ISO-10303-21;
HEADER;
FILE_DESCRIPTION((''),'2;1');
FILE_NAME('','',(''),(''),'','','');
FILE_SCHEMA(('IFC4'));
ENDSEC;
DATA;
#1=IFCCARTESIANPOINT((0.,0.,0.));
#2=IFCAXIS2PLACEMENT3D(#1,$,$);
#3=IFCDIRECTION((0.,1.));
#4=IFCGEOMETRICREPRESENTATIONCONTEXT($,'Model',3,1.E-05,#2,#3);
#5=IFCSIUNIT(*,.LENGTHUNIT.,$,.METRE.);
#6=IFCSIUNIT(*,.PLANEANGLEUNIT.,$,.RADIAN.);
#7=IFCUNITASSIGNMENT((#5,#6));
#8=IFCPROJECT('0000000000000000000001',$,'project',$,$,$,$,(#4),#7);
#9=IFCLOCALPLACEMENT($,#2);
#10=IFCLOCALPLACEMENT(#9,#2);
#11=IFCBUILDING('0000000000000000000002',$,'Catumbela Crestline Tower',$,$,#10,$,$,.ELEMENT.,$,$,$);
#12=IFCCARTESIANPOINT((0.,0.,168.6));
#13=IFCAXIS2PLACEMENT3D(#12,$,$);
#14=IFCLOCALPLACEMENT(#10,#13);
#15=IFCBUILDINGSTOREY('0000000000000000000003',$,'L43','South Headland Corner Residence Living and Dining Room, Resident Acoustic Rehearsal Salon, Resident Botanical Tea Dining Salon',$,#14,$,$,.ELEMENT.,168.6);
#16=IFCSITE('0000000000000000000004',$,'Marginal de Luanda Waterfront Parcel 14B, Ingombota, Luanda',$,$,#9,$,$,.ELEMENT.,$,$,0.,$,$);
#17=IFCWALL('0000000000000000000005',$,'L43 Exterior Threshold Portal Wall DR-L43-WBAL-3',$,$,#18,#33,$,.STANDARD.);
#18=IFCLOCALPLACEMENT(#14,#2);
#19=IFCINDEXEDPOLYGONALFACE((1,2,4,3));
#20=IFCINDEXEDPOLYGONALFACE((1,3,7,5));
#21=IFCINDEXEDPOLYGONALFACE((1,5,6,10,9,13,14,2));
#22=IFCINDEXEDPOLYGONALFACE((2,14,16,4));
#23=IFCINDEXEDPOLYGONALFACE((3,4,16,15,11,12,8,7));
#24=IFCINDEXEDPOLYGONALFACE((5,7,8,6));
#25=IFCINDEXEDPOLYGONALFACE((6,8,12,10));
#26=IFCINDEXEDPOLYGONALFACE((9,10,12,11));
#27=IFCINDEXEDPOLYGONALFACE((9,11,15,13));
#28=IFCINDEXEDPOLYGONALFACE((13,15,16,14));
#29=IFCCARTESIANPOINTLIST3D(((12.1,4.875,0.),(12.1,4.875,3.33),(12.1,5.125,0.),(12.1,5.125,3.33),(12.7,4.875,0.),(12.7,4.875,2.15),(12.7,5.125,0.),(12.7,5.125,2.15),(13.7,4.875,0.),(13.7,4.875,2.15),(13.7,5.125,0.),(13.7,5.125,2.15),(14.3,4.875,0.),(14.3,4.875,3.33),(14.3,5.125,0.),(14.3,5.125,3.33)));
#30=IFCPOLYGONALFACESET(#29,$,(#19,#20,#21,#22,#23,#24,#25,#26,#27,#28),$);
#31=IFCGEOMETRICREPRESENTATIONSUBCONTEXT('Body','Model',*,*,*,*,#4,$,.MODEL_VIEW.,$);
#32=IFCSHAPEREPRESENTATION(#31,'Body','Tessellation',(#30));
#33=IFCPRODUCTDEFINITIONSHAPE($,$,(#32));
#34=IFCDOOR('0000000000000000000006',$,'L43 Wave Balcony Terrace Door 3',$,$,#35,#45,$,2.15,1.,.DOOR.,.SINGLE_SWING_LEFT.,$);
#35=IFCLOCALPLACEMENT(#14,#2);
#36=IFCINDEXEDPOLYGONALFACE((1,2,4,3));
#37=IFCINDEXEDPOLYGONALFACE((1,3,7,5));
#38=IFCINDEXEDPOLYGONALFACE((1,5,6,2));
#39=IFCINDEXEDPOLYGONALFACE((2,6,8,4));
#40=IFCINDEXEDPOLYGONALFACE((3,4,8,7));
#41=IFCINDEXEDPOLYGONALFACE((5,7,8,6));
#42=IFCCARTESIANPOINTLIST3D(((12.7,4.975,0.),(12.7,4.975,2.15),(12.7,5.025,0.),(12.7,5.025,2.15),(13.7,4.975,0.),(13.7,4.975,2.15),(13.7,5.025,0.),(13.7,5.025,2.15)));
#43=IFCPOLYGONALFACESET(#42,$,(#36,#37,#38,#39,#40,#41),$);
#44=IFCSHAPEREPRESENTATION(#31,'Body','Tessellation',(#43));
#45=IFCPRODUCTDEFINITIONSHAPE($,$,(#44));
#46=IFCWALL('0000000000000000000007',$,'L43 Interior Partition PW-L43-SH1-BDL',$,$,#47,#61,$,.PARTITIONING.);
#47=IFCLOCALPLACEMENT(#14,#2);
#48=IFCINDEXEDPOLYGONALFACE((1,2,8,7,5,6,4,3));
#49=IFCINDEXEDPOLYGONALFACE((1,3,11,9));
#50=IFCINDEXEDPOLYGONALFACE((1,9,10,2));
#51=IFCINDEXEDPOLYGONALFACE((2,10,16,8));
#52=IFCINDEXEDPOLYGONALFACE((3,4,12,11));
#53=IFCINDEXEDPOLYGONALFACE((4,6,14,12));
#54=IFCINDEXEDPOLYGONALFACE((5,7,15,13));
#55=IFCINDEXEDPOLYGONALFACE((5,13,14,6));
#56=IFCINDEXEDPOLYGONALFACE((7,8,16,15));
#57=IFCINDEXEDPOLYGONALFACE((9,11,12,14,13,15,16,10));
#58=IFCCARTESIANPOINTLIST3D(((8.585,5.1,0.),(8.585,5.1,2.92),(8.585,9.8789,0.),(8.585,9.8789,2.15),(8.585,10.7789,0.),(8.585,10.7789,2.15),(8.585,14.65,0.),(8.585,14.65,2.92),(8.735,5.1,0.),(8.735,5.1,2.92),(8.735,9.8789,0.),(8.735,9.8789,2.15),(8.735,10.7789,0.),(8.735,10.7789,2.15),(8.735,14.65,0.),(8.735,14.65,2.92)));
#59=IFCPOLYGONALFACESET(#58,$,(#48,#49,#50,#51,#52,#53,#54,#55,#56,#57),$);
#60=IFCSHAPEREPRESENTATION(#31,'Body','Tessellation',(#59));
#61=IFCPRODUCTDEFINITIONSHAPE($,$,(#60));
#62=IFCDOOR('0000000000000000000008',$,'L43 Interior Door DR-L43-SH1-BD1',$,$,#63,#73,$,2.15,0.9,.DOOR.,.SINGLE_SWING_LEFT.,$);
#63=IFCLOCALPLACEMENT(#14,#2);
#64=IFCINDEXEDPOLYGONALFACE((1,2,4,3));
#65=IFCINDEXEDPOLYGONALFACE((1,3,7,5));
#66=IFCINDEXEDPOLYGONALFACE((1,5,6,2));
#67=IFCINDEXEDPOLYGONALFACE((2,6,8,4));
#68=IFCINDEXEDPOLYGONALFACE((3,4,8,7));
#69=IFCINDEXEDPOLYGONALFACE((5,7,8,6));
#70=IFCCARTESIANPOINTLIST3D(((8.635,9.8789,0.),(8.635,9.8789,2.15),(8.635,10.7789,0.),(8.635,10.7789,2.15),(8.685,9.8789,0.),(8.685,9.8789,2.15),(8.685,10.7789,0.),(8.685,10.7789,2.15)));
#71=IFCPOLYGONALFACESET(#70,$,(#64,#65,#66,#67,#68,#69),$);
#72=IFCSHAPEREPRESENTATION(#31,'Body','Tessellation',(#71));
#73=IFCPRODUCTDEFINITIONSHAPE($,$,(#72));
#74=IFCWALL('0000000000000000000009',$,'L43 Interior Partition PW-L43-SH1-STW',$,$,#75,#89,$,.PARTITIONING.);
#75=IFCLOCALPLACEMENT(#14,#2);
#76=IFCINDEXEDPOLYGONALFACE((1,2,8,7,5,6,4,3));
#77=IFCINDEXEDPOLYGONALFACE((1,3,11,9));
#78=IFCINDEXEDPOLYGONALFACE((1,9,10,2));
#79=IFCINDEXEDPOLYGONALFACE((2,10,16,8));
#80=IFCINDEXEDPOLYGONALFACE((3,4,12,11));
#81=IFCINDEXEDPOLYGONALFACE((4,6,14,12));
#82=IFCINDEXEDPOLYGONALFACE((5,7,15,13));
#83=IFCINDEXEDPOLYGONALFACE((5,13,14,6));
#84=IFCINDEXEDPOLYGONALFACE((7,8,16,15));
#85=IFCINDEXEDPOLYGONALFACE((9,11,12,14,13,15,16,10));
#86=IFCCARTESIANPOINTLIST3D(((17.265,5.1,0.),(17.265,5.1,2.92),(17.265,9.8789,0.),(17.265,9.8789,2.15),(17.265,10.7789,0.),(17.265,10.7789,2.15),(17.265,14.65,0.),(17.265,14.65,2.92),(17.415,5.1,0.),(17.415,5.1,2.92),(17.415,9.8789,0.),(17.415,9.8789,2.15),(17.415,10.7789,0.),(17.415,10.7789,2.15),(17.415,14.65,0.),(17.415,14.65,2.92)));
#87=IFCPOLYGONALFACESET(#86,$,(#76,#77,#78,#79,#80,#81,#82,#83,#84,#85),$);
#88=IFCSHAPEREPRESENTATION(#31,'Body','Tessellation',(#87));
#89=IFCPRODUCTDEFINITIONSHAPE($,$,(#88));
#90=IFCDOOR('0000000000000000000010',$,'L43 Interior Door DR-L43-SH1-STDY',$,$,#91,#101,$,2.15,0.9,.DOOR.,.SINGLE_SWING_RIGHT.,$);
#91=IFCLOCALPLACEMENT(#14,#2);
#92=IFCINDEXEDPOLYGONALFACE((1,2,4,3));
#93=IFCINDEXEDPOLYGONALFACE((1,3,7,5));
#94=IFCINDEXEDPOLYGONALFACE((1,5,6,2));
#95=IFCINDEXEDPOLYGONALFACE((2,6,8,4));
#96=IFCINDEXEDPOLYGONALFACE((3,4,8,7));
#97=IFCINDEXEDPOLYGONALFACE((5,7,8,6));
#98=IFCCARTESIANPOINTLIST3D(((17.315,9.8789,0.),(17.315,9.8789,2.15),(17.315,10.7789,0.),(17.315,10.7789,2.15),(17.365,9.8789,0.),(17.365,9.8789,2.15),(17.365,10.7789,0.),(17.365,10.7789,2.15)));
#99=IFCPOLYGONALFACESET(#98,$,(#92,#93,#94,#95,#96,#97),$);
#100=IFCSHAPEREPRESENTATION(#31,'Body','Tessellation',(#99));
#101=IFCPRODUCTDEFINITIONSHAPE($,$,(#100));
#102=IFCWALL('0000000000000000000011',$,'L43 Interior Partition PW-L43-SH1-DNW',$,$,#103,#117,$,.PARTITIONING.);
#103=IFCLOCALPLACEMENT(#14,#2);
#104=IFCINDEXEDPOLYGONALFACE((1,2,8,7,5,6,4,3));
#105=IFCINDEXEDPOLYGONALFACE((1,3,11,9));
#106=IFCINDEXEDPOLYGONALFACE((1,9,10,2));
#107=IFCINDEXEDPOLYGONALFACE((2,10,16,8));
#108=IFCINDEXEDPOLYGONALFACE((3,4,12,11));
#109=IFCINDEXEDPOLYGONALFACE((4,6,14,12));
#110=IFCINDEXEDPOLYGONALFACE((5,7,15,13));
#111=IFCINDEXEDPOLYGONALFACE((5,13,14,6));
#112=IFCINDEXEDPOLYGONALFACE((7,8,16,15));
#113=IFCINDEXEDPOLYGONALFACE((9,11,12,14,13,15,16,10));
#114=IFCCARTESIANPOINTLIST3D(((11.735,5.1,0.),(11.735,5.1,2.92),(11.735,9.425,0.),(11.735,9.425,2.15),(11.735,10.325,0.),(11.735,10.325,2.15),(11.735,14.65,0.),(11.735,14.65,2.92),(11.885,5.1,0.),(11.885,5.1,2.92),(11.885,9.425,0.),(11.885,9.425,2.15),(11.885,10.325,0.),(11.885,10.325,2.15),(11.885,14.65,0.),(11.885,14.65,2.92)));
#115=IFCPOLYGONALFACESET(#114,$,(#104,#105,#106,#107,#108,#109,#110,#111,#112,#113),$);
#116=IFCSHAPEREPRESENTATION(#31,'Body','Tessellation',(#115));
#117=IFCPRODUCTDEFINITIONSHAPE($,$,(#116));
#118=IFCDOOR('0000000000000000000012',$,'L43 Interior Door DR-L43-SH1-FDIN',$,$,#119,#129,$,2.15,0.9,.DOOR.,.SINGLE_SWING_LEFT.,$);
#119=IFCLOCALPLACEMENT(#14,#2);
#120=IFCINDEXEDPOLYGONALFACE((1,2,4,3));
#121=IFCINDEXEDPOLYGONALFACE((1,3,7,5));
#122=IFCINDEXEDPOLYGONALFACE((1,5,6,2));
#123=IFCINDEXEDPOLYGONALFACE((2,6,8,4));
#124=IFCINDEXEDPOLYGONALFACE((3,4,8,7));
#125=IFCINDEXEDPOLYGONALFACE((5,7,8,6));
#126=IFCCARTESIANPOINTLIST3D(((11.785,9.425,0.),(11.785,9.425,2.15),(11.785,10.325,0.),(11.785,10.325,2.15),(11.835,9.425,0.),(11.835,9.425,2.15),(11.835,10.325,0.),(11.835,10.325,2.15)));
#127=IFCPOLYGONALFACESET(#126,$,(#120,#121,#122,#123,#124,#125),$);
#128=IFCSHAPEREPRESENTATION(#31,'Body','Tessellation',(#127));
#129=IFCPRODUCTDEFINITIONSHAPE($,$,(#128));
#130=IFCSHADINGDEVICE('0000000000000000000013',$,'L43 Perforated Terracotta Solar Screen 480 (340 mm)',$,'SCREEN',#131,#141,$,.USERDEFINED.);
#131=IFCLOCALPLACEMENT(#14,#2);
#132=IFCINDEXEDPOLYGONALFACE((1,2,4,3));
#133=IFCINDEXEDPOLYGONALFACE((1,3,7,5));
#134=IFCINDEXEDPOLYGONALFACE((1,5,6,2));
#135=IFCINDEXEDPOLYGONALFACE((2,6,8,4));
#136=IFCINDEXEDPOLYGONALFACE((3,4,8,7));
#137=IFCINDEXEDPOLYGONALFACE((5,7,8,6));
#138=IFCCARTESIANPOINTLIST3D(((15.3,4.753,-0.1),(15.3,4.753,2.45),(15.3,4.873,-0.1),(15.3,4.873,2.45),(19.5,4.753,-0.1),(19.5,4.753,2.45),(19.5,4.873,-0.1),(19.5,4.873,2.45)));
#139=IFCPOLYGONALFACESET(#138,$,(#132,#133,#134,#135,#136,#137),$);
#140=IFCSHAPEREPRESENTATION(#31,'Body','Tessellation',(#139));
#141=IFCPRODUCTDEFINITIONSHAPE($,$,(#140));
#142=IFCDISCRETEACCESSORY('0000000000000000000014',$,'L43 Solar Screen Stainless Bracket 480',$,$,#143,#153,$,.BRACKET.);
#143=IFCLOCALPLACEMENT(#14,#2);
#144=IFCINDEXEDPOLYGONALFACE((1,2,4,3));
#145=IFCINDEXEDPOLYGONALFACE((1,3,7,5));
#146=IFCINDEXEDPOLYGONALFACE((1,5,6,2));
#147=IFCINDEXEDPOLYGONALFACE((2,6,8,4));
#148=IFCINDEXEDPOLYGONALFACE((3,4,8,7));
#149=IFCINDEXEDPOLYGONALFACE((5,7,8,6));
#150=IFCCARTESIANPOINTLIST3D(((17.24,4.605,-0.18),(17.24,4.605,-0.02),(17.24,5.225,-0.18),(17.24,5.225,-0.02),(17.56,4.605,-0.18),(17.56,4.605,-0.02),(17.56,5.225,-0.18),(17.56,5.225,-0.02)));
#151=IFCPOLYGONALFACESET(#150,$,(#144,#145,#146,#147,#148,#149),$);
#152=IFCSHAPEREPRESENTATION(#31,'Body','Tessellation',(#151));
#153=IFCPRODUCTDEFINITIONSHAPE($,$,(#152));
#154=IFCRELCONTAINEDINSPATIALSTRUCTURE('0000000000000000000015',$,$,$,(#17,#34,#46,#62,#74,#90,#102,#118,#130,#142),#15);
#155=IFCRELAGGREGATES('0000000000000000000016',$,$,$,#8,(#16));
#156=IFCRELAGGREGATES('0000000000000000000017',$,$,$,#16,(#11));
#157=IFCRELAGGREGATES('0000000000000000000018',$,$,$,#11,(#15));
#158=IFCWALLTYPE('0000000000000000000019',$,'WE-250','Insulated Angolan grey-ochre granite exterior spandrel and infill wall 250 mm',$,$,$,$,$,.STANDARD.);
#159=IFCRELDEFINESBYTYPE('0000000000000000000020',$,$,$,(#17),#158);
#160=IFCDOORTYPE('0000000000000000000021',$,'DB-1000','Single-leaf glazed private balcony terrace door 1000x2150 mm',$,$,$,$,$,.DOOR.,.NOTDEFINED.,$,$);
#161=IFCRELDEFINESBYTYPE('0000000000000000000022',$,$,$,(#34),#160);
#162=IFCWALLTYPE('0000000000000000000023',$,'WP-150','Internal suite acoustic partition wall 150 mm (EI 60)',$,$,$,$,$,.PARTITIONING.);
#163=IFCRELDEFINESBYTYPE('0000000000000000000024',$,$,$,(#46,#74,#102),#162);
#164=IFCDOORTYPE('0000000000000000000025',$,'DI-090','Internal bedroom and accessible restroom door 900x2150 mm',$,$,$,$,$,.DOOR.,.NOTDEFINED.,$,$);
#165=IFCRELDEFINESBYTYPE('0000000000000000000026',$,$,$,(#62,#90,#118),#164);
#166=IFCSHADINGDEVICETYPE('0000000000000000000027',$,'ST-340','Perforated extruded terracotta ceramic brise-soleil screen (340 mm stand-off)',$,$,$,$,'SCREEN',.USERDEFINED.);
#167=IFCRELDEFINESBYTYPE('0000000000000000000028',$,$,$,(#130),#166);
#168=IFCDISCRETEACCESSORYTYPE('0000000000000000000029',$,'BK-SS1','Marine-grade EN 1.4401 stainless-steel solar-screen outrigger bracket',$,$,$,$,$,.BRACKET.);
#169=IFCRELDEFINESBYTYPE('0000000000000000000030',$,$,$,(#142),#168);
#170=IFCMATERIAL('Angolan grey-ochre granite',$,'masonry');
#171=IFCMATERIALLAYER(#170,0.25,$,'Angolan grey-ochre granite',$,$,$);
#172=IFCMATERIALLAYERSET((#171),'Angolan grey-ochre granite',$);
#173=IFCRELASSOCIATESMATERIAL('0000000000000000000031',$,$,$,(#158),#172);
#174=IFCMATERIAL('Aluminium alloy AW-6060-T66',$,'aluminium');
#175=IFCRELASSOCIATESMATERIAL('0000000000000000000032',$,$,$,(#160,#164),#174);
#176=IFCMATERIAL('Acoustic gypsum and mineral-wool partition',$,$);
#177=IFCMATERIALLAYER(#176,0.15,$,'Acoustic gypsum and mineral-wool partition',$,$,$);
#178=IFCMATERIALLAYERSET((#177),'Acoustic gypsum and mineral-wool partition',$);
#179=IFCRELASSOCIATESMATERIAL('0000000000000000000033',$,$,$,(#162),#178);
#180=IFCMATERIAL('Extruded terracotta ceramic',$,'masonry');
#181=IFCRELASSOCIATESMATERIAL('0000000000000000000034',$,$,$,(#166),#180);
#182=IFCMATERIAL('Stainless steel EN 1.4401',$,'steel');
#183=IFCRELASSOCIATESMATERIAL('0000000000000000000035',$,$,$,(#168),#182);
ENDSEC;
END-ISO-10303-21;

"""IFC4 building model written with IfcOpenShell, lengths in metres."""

from ifc_helpers import new_model, si_unit, direction, frame, frame_2d, origin, origin_2d, place, context, subcontext, project, spatial, rectangle, extrude, material, layer, layer_set, type_object, element, fill, save


model = new_model("IFC4")

# Units and contexts
model_context = context("Model", 3, precision=1e-05, world=origin(), true_north=direction((0.0, 1.0)))
body_context = subcontext(model_context, "Body", "Model", "MODEL_VIEW")
ifc_project = project(units=[si_unit("LENGTHUNIT", "METRE"), si_unit("PLANEANGLEUNIT", "RADIAN")], contexts=[model_context])

# Site, building, storey
site_placement = place(None, origin())
site = spatial("IfcSite", under=ifc_project, at=site_placement, Name="Marginal de Luanda Waterfront Parcel 14B, Ingombota, Luanda", CompositionType="ELEMENT", RefElevation=0.0)
building_placement = place(site_placement, origin())
building = spatial("IfcBuilding", under=site, at=building_placement, Name="Catumbela Crestline Tower", CompositionType="ELEMENT")
storey_placement = place(building_placement, frame((0.0, 0.0, 168.6)))
storey = spatial("IfcBuildingStorey", under=building, at=storey_placement, Name="L43", Description="South Headland Corner Residence Living and Dining Room, Resident Acoustic Rehearsal Salon, Resident Botanical Tea Dining Salon", CompositionType="ELEMENT", Elevation=168.6)

# Shared definitions
ifc_material_1 = material(Name="Aluminium alloy AW-6060-T66", Category="aluminium")

# Walls, openings, doors
ifc_material_2 = material(Name="Angolan grey-ochre granite", Category="masonry")
ifc_layer_1 = layer(ifc_material_2, 0.25, Name="Angolan grey-ochre granite")
ifc_layer_set_1 = layer_set([ifc_layer_1], Name="Angolan grey-ochre granite")
wall_type_1 = type_object("IfcWallType", Name="WE-250", Description="Insulated Angolan grey-ochre granite exterior spandrel and infill wall 250 mm", PredefinedType="STANDARD", material=ifc_layer_set_1)
wall_1_placement = place(storey_placement, frame((12.1, 5.0, 0.0), z_axis=(0.0, 0.0, 1.0), x_axis=(1.0, 0.0, 0.0)))
wall_1 = element("IfcWall", 1, at=wall_1_placement, inside=storey, type_object=wall_type_1, Name="L43 Exterior Threshold Portal Wall DR-L43-WBAL-3", PredefinedType="STANDARD", context=body_context, shape_type="SweptSolid", body=[
    extrude(rectangle(XDim=2.2, YDim=0.25, at=frame_2d((1.1, 0.0))), origin(), (0.0, 0.0, 1.0), 3.33),
])
opening_1_placement = place(wall_1_placement, frame((0.6, 0.0, 0.0)))
opening_1 = element("IfcOpeningElement", 2, at=opening_1_placement, cuts=wall_1, PredefinedType="OPENING", context=body_context, shape_type="SweptSolid", body=[
    extrude(rectangle(XDim=1.0, YDim=2.15, at=frame_2d((0.5, 1.075))), frame((0.0, 0.135, 0.0), z_axis=(0.0, -1.0, 0.0), x_axis=(1.0, 0.0, 0.0)), (0.0, 0.0, 1.0), 0.27),
])
door_type_1 = type_object("IfcDoorType", Name="DB-1000", Description="Single-leaf glazed private balcony terrace door 1000x2150 mm", OperationType="NOTDEFINED", PredefinedType="DOOR", material=ifc_material_1)
door_1_placement = place(opening_1_placement, origin())
door_1 = element("IfcDoor", 3, at=door_1_placement, inside=storey, type_object=door_type_1, Name="L43 Wave Balcony Terrace Door 3", OperationType="SINGLE_SWING_LEFT", OverallHeight=2.15, OverallWidth=1.0, PredefinedType="DOOR", context=body_context, shape_type="SweptSolid", body=[
    extrude(rectangle(XDim=1.0, YDim=2.15, at=frame_2d((0.5, 1.075))), frame((0.0, 0.025, 0.0), z_axis=(0.0, -1.0, 0.0), x_axis=(1.0, 0.0, 0.0)), (0.0, 0.0, 1.0), 0.05),
])
fill(opening_1, door_1)
ifc_material_3 = material(Name="Acoustic gypsum and mineral-wool partition")
ifc_layer_2 = layer(ifc_material_3, 0.15, Name="Acoustic gypsum and mineral-wool partition")
ifc_layer_set_2 = layer_set([ifc_layer_2], Name="Acoustic gypsum and mineral-wool partition")
wall_type_2 = type_object("IfcWallType", Name="WP-150", Description="Internal suite acoustic partition wall 150 mm (EI 60)", PredefinedType="PARTITIONING", material=ifc_layer_set_2)
wall_2_placement = place(storey_placement, frame((8.66, 5.1, 0.0), z_axis=(0.0, 0.0, 1.0), x_axis=(0.0, 1.0, 0.0)))
wall_2 = element("IfcWall", 4, at=wall_2_placement, inside=storey, type_object=wall_type_2, Name="L43 Interior Partition PW-L43-SH1-BDL", PredefinedType="PARTITIONING", context=body_context, shape_type="SweptSolid", body=[
    extrude(rectangle(XDim=9.55, YDim=0.15, at=frame_2d((4.775, 0.0))), origin(), (0.0, 0.0, 1.0), 2.92),
])
opening_2_placement = place(wall_2_placement, frame((4.7789, 0.0, 0.0)))
opening_2 = element("IfcOpeningElement", 5, at=opening_2_placement, cuts=wall_2, PredefinedType="OPENING", context=body_context, shape_type="SweptSolid", body=[
    extrude(rectangle(XDim=0.9, YDim=2.15, at=frame_2d((0.45, 1.075))), frame((0.0, 0.085, 0.0), z_axis=(0.0, -1.0, 0.0), x_axis=(1.0, 0.0, 0.0)), (0.0, 0.0, 1.0), 0.17),
])
door_type_2 = type_object("IfcDoorType", Name="DI-090", Description="Internal bedroom and accessible restroom door 900x2150 mm", OperationType="NOTDEFINED", PredefinedType="DOOR", material=ifc_material_1)
door_2_placement = place(opening_2_placement, origin())
door_2 = element("IfcDoor", 6, at=door_2_placement, inside=storey, type_object=door_type_2, Name="L43 Interior Door DR-L43-SH1-BD1", OperationType="SINGLE_SWING_LEFT", OverallHeight=2.15, OverallWidth=0.9, PredefinedType="DOOR", context=body_context, shape_type="SweptSolid", body=[
    extrude(rectangle(XDim=0.9, YDim=2.15, at=frame_2d((0.45, 1.075))), frame((0.0, 0.025, 0.0), z_axis=(0.0, -1.0, 0.0), x_axis=(1.0, 0.0, 0.0)), (0.0, 0.0, 1.0), 0.05),
])
fill(opening_2, door_2)
wall_3_placement = place(storey_placement, frame((17.34, 5.1, 0.0), z_axis=(0.0, 0.0, 1.0), x_axis=(0.0, 1.0, 0.0)))
wall_3 = element("IfcWall", 7, at=wall_3_placement, inside=storey, type_object=wall_type_2, Name="L43 Interior Partition PW-L43-SH1-STW", PredefinedType="PARTITIONING", context=body_context, shape_type="SweptSolid", body=[
    extrude(rectangle(XDim=9.55, YDim=0.15, at=frame_2d((4.775, 0.0))), origin(), (0.0, 0.0, 1.0), 2.92),
])
opening_3_placement = place(wall_3_placement, frame((4.7789, 0.0, 0.0)))
opening_3 = element("IfcOpeningElement", 8, at=opening_3_placement, cuts=wall_3, PredefinedType="OPENING", context=body_context, shape_type="SweptSolid", body=[
    extrude(rectangle(XDim=0.9, YDim=2.15, at=frame_2d((0.45, 1.075))), frame((0.0, 0.085, 0.0), z_axis=(0.0, -1.0, 0.0), x_axis=(1.0, 0.0, 0.0)), (0.0, 0.0, 1.0), 0.17),
])
door_3_placement = place(opening_3_placement, origin())
door_3 = element("IfcDoor", 9, at=door_3_placement, inside=storey, type_object=door_type_2, Name="L43 Interior Door DR-L43-SH1-STDY", OperationType="SINGLE_SWING_RIGHT", OverallHeight=2.15, OverallWidth=0.9, PredefinedType="DOOR", context=body_context, shape_type="SweptSolid", body=[
    extrude(rectangle(XDim=0.9, YDim=2.15, at=frame_2d((0.45, 1.075))), frame((0.0, 0.025, 0.0), z_axis=(0.0, -1.0, 0.0), x_axis=(1.0, 0.0, 0.0)), (0.0, 0.0, 1.0), 0.05),
])
fill(opening_3, door_3)
wall_4_placement = place(storey_placement, frame((11.81, 5.1, 0.0), z_axis=(0.0, 0.0, 1.0), x_axis=(0.0, 1.0, 0.0)))
wall_4 = element("IfcWall", 10, at=wall_4_placement, inside=storey, type_object=wall_type_2, Name="L43 Interior Partition PW-L43-SH1-DNW", PredefinedType="PARTITIONING", context=body_context, shape_type="SweptSolid", body=[
    extrude(rectangle(XDim=9.55, YDim=0.15, at=frame_2d((4.775, 0.0))), origin(), (0.0, 0.0, 1.0), 2.92),
])
opening_4_placement = place(wall_4_placement, frame((4.325, 0.0, 0.0)))
opening_4 = element("IfcOpeningElement", 11, at=opening_4_placement, cuts=wall_4, PredefinedType="OPENING", context=body_context, shape_type="SweptSolid", body=[
    extrude(rectangle(XDim=0.9, YDim=2.15, at=frame_2d((0.45, 1.075))), frame((0.0, 0.085, 0.0), z_axis=(0.0, -1.0, 0.0), x_axis=(1.0, 0.0, 0.0)), (0.0, 0.0, 1.0), 0.17),
])
door_4_placement = place(opening_4_placement, origin())
door_4 = element("IfcDoor", 12, at=door_4_placement, inside=storey, type_object=door_type_2, Name="L43 Interior Door DR-L43-SH1-FDIN", OperationType="SINGLE_SWING_LEFT", OverallHeight=2.15, OverallWidth=0.9, PredefinedType="DOOR", context=body_context, shape_type="SweptSolid", body=[
    extrude(rectangle(XDim=0.9, YDim=2.15, at=frame_2d((0.45, 1.075))), frame((0.0, 0.025, 0.0), z_axis=(0.0, -1.0, 0.0), x_axis=(1.0, 0.0, 0.0)), (0.0, 0.0, 1.0), 0.05),
])
fill(opening_4, door_4)

# Shared definitions
ifc_material_4 = material(Name="Stainless steel EN 1.4401", Category="steel")

# Shading device
ifc_material_5 = material(Name="Extruded terracotta ceramic", Category="masonry")
shading_device_type = type_object("IfcShadingDeviceType", Name="ST-340", Description="Perforated extruded terracotta ceramic brise-soleil screen (340 mm stand-off)", ElementType="SCREEN", PredefinedType="USERDEFINED", material=ifc_material_5)
shading_device_placement = place(storey_placement, frame((17.4, 4.813, -0.1), z_axis=(0.0, 0.0, 1.0), x_axis=(1.0, 0.0, 0.0)))
element("IfcShadingDevice", 13, at=shading_device_placement, inside=storey, type_object=shading_device_type, Name="L43 Perforated Terracotta Solar Screen 480 (340 mm)", ObjectType="SCREEN", PredefinedType="USERDEFINED", context=body_context, shape_type="SweptSolid", body=[
    extrude(rectangle(XDim=4.2, YDim=0.12, at=origin_2d()), origin(), (0.0, 0.0, 1.0), 2.55),
])

# Discrete accessory
discrete_accessory_type = type_object("IfcDiscreteAccessoryType", Name="BK-SS1", Description="Marine-grade EN 1.4401 stainless-steel solar-screen outrigger bracket", PredefinedType="BRACKET", material=ifc_material_4)
discrete_accessory_placement = place(storey_placement, frame((17.4, 4.915, -0.18), z_axis=(0.0, 0.0, 1.0), x_axis=(1.0, 0.0, 0.0)))
element("IfcDiscreteAccessory", 14, at=discrete_accessory_placement, inside=storey, type_object=discrete_accessory_type, Name="L43 Solar Screen Stainless Bracket 480", PredefinedType="BRACKET", context=body_context, shape_type="SweptSolid", body=[
    extrude(rectangle(XDim=0.32, YDim=0.62, at=origin_2d()), origin(), (0.0, 0.0, 1.0), 0.16),
])

save(model, "model.ifc")
